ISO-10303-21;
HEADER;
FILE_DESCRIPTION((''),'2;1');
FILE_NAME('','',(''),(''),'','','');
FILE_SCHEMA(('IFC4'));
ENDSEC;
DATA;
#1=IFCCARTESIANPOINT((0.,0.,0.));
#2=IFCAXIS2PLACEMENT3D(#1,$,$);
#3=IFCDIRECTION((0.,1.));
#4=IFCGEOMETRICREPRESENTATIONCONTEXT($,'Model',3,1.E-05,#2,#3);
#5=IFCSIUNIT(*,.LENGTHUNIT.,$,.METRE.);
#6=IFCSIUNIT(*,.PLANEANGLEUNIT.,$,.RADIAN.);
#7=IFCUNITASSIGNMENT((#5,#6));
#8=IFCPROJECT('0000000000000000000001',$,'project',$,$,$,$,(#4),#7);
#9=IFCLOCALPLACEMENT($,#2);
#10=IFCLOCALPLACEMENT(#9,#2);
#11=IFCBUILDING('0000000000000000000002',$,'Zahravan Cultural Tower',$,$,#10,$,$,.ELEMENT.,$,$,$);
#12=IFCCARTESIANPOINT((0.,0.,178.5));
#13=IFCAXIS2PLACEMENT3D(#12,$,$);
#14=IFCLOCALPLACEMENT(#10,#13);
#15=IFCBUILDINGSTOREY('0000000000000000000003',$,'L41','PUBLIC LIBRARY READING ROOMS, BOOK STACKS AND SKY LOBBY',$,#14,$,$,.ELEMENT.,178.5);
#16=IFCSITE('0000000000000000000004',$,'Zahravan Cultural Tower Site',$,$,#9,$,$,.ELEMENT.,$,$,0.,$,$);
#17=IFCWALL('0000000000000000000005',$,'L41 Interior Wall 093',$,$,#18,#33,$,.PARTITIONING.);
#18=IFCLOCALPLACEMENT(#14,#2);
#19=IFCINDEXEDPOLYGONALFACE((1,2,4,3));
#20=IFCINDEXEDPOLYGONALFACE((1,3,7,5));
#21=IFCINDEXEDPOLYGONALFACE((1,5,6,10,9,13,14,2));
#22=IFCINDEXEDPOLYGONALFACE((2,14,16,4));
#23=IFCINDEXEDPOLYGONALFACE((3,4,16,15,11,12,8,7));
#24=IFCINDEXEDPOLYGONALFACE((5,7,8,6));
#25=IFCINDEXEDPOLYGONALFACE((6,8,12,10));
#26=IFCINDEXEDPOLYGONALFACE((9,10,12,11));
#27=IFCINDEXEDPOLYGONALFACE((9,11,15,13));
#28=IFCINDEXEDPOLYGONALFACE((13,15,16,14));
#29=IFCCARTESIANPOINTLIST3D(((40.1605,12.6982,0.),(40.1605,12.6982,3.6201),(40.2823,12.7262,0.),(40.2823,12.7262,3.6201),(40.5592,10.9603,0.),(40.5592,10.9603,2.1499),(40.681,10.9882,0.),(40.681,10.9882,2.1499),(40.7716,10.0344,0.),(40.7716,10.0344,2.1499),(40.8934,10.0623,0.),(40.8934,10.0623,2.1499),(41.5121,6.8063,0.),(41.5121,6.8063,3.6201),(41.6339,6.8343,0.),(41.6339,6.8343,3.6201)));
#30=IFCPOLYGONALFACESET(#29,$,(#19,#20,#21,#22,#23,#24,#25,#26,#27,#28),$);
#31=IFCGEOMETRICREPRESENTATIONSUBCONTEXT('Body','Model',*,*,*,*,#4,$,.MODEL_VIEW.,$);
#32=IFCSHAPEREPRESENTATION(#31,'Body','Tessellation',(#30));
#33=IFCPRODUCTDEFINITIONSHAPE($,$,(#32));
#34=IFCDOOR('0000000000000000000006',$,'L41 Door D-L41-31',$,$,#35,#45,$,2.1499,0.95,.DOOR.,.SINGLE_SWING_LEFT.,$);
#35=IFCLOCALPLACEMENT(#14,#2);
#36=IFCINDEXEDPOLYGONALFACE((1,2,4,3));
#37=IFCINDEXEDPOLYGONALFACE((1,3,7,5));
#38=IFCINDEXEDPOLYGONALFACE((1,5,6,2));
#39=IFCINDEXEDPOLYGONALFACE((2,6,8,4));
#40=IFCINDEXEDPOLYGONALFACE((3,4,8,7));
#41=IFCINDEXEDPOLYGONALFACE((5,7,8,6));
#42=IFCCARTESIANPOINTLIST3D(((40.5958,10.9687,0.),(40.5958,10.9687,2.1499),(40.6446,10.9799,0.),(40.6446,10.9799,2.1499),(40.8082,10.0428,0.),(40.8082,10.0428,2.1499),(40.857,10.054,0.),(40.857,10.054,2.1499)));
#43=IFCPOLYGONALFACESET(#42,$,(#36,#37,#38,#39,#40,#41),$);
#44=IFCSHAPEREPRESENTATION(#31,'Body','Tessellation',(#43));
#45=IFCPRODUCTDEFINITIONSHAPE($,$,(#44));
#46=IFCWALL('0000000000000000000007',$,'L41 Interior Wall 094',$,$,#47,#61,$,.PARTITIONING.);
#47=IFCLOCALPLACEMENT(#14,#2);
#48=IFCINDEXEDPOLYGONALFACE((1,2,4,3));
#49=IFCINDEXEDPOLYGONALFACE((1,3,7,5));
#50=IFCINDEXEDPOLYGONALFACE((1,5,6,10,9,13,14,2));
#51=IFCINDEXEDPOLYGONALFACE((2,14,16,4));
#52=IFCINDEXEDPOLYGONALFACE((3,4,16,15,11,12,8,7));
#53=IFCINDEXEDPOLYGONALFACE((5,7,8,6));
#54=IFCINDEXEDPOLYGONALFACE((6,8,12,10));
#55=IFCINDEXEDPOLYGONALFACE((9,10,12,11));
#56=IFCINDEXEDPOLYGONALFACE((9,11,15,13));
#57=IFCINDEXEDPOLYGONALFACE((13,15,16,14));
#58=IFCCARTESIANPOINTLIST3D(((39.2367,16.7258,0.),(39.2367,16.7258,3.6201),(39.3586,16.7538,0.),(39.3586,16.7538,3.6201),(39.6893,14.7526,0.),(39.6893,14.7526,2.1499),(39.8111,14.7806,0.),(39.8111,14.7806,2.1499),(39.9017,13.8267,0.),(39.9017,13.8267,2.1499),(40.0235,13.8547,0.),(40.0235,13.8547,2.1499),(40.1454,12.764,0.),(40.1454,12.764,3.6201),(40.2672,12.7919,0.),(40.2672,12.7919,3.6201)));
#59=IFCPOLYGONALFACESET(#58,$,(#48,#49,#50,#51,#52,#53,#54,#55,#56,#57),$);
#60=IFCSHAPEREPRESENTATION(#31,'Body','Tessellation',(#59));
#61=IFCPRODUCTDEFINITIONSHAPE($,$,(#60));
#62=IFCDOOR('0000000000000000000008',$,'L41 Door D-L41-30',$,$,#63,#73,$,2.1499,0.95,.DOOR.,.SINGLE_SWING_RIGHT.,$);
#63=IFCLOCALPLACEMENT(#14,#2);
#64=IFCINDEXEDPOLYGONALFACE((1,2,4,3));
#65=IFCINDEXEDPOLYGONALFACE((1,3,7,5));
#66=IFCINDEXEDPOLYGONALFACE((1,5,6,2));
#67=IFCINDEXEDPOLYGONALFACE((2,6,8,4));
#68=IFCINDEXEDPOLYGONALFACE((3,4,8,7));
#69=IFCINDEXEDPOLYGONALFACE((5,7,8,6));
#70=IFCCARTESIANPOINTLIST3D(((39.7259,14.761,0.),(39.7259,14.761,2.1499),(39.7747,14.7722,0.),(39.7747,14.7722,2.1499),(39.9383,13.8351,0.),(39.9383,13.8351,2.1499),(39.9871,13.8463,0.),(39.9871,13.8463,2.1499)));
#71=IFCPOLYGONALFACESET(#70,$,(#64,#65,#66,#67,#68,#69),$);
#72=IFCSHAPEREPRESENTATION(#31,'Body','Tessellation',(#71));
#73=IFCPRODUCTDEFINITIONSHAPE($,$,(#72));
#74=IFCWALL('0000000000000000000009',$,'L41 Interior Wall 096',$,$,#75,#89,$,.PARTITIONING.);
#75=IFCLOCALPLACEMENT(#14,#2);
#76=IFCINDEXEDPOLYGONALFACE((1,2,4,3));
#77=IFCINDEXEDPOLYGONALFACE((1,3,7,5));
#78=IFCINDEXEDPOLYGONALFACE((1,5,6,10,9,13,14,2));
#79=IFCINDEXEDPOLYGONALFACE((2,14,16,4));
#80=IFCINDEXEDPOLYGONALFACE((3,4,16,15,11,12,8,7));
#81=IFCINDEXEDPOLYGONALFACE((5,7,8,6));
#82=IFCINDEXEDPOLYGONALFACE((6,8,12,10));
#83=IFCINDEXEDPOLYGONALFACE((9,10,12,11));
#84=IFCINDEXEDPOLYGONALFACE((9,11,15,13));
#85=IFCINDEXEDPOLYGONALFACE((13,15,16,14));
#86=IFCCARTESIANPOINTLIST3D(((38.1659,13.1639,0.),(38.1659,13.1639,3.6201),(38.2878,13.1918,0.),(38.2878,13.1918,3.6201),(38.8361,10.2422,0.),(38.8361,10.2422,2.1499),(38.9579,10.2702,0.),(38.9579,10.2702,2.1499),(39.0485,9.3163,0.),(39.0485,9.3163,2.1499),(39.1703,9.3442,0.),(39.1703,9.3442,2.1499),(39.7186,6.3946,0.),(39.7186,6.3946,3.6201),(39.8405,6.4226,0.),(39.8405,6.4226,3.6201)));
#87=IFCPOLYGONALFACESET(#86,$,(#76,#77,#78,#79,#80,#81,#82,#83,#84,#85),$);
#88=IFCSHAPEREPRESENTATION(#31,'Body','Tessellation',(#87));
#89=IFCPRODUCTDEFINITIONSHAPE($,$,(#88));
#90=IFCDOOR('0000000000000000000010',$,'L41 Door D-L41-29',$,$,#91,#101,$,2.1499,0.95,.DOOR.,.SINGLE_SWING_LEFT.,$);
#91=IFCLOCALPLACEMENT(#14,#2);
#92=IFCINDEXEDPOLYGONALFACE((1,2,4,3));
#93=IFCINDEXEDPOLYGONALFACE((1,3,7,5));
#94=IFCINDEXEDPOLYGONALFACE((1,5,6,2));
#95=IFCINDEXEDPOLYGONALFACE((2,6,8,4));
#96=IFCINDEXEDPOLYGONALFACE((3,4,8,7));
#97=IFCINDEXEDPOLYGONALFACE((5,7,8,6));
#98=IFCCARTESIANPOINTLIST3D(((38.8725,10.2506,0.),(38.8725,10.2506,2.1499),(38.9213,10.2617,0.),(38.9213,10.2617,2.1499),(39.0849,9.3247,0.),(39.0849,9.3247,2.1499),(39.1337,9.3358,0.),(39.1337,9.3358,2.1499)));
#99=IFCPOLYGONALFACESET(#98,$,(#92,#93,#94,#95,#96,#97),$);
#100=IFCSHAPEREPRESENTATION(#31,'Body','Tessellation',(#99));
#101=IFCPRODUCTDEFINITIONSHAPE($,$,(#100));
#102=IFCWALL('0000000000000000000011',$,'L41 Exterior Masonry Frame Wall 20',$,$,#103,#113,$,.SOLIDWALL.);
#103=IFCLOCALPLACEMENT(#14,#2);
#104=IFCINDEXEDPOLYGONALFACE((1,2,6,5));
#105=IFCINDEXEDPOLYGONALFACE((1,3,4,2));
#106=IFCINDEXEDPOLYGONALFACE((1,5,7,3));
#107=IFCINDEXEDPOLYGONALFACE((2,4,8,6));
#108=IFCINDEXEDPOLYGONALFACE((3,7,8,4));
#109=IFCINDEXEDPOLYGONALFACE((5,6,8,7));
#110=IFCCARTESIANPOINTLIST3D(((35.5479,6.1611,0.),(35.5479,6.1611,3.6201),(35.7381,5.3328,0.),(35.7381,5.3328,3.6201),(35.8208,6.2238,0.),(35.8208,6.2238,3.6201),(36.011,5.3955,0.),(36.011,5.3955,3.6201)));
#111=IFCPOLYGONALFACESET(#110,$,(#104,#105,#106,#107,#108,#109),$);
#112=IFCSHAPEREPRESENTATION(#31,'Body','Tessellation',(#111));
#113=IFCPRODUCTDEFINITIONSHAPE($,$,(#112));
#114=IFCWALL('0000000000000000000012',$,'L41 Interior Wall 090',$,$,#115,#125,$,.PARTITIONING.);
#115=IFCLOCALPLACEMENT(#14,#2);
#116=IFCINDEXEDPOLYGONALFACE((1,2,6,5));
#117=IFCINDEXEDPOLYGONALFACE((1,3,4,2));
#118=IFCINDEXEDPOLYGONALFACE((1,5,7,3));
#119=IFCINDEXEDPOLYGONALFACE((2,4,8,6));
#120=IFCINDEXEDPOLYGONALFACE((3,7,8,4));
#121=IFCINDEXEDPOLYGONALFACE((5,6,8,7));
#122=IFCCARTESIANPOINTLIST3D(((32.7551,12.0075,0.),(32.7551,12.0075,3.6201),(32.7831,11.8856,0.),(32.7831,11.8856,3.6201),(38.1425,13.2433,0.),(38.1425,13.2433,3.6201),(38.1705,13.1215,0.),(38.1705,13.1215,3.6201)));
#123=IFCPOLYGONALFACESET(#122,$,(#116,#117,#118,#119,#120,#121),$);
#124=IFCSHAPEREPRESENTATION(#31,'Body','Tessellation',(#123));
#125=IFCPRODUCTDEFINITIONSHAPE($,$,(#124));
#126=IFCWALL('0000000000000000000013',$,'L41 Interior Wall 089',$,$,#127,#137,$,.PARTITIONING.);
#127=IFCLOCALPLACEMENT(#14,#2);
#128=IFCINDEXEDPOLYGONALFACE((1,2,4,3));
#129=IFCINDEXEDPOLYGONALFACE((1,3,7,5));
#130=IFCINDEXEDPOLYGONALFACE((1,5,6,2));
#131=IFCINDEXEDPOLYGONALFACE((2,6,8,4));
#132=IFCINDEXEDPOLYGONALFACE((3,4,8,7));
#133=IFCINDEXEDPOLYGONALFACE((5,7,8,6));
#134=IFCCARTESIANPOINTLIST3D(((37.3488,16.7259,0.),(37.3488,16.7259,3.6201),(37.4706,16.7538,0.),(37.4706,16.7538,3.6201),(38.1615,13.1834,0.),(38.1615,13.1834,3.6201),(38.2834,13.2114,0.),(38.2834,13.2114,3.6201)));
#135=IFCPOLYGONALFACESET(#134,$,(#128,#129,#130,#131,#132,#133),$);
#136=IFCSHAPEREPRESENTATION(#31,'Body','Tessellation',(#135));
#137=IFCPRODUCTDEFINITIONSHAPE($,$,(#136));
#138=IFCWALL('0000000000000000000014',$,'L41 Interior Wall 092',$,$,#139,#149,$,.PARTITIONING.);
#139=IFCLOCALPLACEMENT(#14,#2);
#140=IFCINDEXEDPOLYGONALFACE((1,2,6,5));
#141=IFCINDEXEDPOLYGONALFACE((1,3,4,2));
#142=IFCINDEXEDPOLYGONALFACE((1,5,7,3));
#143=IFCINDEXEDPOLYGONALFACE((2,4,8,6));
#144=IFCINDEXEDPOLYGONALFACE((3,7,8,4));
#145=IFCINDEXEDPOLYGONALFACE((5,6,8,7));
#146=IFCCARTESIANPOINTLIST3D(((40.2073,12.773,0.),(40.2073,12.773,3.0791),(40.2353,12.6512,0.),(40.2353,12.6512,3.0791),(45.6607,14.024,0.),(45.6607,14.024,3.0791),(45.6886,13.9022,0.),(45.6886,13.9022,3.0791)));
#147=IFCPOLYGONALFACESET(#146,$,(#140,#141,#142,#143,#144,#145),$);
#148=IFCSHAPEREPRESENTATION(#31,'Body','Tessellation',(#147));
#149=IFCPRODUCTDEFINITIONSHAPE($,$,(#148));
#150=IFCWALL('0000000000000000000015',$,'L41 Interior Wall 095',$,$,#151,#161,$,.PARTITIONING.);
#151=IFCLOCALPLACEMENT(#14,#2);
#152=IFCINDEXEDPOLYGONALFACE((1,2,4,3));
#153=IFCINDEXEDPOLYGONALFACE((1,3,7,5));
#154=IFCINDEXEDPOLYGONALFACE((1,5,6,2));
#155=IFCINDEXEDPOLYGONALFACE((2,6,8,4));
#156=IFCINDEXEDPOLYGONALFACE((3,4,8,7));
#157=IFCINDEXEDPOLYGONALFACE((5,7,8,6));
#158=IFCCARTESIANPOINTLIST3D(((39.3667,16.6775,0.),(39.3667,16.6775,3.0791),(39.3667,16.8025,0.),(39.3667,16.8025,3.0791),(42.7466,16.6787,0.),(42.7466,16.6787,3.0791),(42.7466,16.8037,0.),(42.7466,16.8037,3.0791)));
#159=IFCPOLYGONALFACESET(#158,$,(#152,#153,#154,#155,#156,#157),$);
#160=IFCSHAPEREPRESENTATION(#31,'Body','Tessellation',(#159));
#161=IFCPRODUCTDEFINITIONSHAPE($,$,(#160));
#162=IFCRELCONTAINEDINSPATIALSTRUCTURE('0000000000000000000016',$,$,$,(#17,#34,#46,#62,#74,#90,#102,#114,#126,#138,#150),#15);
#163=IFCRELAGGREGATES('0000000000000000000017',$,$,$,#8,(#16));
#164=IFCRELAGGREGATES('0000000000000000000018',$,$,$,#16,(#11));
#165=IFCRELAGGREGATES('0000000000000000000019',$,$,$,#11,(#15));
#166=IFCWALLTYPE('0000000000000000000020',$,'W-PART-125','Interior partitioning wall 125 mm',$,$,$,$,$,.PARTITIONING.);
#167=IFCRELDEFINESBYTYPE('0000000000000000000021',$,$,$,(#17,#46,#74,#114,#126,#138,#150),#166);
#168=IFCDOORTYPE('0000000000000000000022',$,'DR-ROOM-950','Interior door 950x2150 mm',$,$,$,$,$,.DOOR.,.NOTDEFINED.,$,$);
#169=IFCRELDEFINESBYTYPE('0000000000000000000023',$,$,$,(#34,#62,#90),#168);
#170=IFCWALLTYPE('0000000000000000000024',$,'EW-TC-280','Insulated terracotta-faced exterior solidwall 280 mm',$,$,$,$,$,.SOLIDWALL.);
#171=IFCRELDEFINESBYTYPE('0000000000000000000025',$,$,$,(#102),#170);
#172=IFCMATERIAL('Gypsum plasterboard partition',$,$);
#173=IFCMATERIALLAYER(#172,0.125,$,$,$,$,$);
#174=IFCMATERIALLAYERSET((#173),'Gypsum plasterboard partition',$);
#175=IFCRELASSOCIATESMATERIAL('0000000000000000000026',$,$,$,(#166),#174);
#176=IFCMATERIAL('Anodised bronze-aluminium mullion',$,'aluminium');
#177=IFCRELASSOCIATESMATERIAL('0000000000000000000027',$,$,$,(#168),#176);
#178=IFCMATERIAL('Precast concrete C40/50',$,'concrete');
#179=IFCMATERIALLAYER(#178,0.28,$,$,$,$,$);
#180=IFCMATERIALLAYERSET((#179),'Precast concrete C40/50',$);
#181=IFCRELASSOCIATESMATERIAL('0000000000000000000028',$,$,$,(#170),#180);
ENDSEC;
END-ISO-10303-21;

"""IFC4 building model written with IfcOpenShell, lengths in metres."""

from ifc_helpers import new_model, si_unit, direction, frame, frame_2d, origin, place, context, subcontext, project, spatial, rectangle, extrude, source, transform, mapped, material, layer, layer_set, type_object, element, fill, save


model = new_model("IFC4")

# Units and contexts
model_context = context("Model", 3, precision=1e-05, world=origin(), true_north=direction((0.0, 1.0)))
body_context = subcontext(model_context, "Body", "Model", "MODEL_VIEW")
ifc_project = project(units=[si_unit("LENGTHUNIT", "METRE"), si_unit("PLANEANGLEUNIT", "RADIAN")], contexts=[model_context])

# Site, building, storey
site_placement = place(None, origin())
site = spatial("IfcSite", under=ifc_project, at=site_placement, Name="Zahravan Cultural Tower Site", CompositionType="ELEMENT", RefElevation=0.0)
building_placement = place(site_placement, origin())
building = spatial("IfcBuilding", under=site, at=building_placement, Name="Zahravan Cultural Tower", CompositionType="ELEMENT")
storey_placement = place(building_placement, frame((0.0, 0.0, 178.5)))
storey = spatial("IfcBuildingStorey", under=building, at=storey_placement, Name="L41", Description="PUBLIC LIBRARY READING ROOMS, BOOK STACKS AND SKY LOBBY", CompositionType="ELEMENT", Elevation=178.5)

# Walls, openings, doors
ifc_material_1 = material(Name="Gypsum plasterboard partition")
ifc_layer_1 = layer(ifc_material_1, 0.125)
ifc_layer_set_1 = layer_set([ifc_layer_1], Name="Gypsum plasterboard partition")
wall_type_1 = type_object("IfcWallType", Name="W-PART-125", Description="Interior partitioning wall 125 mm", PredefinedType="PARTITIONING", material=ifc_layer_set_1)
wall_1_placement = place(storey_placement, frame((41.573, 6.8203, 0.0), z_axis=(0.0, 0.0, 1.0), x_axis=(-0.223588, 0.974684, 0.0)))
wall_1 = element("IfcWall", 1, at=wall_1_placement, inside=storey, type_object=wall_type_1, Name="L41 Interior Wall 093", PredefinedType="PARTITIONING", context=body_context, shape_type="SweptSolid", body=[
    extrude(rectangle(XDim=6.0449, YDim=0.125, at=frame_2d((3.0225, 0.0))), origin(), (0.0, 0.0, 1.0), 3.6201),
])
opening_1_placement = place(wall_1_placement, frame((3.3118, 0.0, 0.0)))
opening_1 = element("IfcOpeningElement", 2, at=opening_1_placement, cuts=wall_1, PredefinedType="OPENING", context=body_context, shape_type="SweptSolid", body=[
    extrude(rectangle(XDim=0.95, YDim=2.1499, at=frame_2d((0.4751, 1.075))), frame((0.0, 0.0725, 0.0), z_axis=(0.0, -1.0, 0.0), x_axis=(1.0, 0.0, 0.0)), (0.0, 0.0, 1.0), 0.145),
])
ifc_material_2 = material(Name="Anodised bronze-aluminium mullion", Category="aluminium")
door_type_1 = type_object("IfcDoorType", Name="DR-ROOM-950", Description="Interior door 950x2150 mm", OperationType="NOTDEFINED", PredefinedType="DOOR", material=ifc_material_2)
shared_shape_1 = source(origin(), body_context, "Body", "SweptSolid", [
    extrude(rectangle(XDim=0.95, YDim=2.1499, at=frame_2d((0.4751, 1.075))), frame((0.0, 0.0249, 0.0), z_axis=(0.0, -1.0, 0.0), x_axis=(1.0, 0.0, 0.0)), (0.0, 0.0, 1.0), 0.05),
])
door_1_placement = place(opening_1_placement, origin())
door_1 = element("IfcDoor", 3, at=door_1_placement, inside=storey, type_object=door_type_1, Name="L41 Door D-L41-31", OperationType="SINGLE_SWING_LEFT", OverallHeight=2.1499, OverallWidth=0.95, PredefinedType="DOOR", context=body_context, shape_type="MappedRepresentation", body=[
    mapped(shared_shape_1, transform((0.0, 0.0, 0.0), x_axis=(1.0, 0.0, 0.0), y_axis=(0.0, 1.0, 0.0), z_axis=(0.0, 0.0, 1.0), scale=1.0)),
])
fill(opening_1, door_1)
wall_2_placement = place(storey_placement, frame((40.2063, 12.7781, 0.0), z_axis=(0.0, 0.0, 1.0), x_axis=(-0.223552, 0.974692, 0.0)))
wall_2 = element("IfcWall", 4, at=wall_2_placement, inside=storey, type_object=wall_type_1, Name="L41 Interior Wall 094", PredefinedType="PARTITIONING", context=body_context, shape_type="SweptSolid", body=[
    extrude(rectangle(XDim=4.0647, YDim=0.125, at=frame_2d((2.0322, 0.0))), origin(), (0.0, 0.0, 1.0), 3.6201),
])
opening_2_placement = place(wall_2_placement, frame((1.0901, 0.0, 0.0)))
opening_2 = element("IfcOpeningElement", 5, at=opening_2_placement, cuts=wall_2, PredefinedType="OPENING", context=body_context, shape_type="SweptSolid", body=[
    extrude(rectangle(XDim=0.95, YDim=2.1499, at=frame_2d((0.4751, 1.075))), frame((0.0, 0.0725, 0.0), z_axis=(0.0, -1.0, 0.0), x_axis=(1.0, 0.0, 0.0)), (0.0, 0.0, 1.0), 0.145),
])
door_2_placement = place(opening_2_placement, origin())
door_2 = element("IfcDoor", 6, at=door_2_placement, inside=storey, type_object=door_type_1, Name="L41 Door D-L41-30", OperationType="SINGLE_SWING_RIGHT", OverallHeight=2.1499, OverallWidth=0.95, PredefinedType="DOOR", context=body_context, shape_type="MappedRepresentation", body=[
    mapped(shared_shape_1, transform((0.0, 0.0, 0.0), x_axis=(1.0, 0.0, 0.0), y_axis=(0.0, 1.0, 0.0), z_axis=(0.0, 0.0, 1.0), scale=1.0)),
])
fill(opening_2, door_2)
wall_3_placement = place(storey_placement, frame((38.2268, 13.178, 0.0), z_axis=(0.0, 0.0, 1.0), x_axis=(0.223573, -0.974687, 0.0)))
wall_3 = element("IfcWall", 7, at=wall_3_placement, inside=storey, type_object=wall_type_1, Name="L41 Interior Wall 096", PredefinedType="PARTITIONING", context=body_context, shape_type="SweptSolid", body=[
    extrude(rectangle(XDim=6.9451, YDim=0.125, at=frame_2d((3.4727, 0.0))), origin(), (0.0, 0.0, 1.0), 3.6201),
])
opening_3_placement = place(wall_3_placement, frame((2.9976, 0.0, 0.0)))
opening_3 = element("IfcOpeningElement", 8, at=opening_3_placement, cuts=wall_3, PredefinedType="OPENING", context=body_context, shape_type="SweptSolid", body=[
    extrude(rectangle(XDim=0.95, YDim=2.1499, at=frame_2d((0.4751, 1.075))), frame((0.0, 0.0725, 0.0), z_axis=(0.0, -1.0, 0.0), x_axis=(1.0, 0.0, 0.0)), (0.0, 0.0, 1.0), 0.145),
])
door_3_placement = place(opening_3_placement, origin())
door_3 = element("IfcDoor", 9, at=door_3_placement, inside=storey, type_object=door_type_1, Name="L41 Door D-L41-29", OperationType="SINGLE_SWING_LEFT", OverallHeight=2.1499, OverallWidth=0.95, PredefinedType="DOOR", context=body_context, shape_type="MappedRepresentation", body=[
    mapped(shared_shape_1, transform((0.0, 0.0, 0.0), x_axis=(1.0, 0.0, 0.0), y_axis=(0.0, 1.0, 0.0), z_axis=(0.0, 0.0, 1.0), scale=1.0)),
])
fill(opening_3, door_3)

# Walls
ifc_material_3 = material(Name="Precast concrete C40/50", Category="concrete")
ifc_layer_2 = layer(ifc_material_3, 0.28)
ifc_layer_set_2 = layer_set([ifc_layer_2], Name="Precast concrete C40/50")
wall_type_2 = type_object("IfcWallType", Name="EW-TC-280", Description="Insulated terracotta-faced exterior solidwall 280 mm", PredefinedType="SOLIDWALL", material=ifc_layer_set_2)
shared_shape_2 = source(origin(), body_context, "Body", "SweptSolid", [
    extrude(rectangle(XDim=0.8499, YDim=0.28, at=frame_2d((0.4248, 0.0))), origin(), (0.0, 0.0, 1.0), 3.6201),
])
wall_4_placement = place(storey_placement, frame((35.8745, 5.3643, 0.0), z_axis=(0.0, 0.0, 1.0), x_axis=(-0.223768, 0.974642, 0.0)))
element("IfcWall", 10, at=wall_4_placement, inside=storey, type_object=wall_type_2, Name="L41 Exterior Masonry Frame Wall 20", PredefinedType="SOLIDWALL", context=body_context, shape_type="MappedRepresentation", body=[
    mapped(shared_shape_2, transform((0.0, 0.0, 0.0), x_axis=(1.0, 0.0, 0.0), y_axis=(0.0, 1.0, 0.0), z_axis=(0.0, 0.0, 1.0), scale=1.0)),
])
shared_shape_3 = source(origin(), body_context, "Body", "SweptSolid", [
    extrude(rectangle(XDim=5.5273, YDim=0.125, at=frame_2d((2.7637, 0.0))), origin(), (0.0, 0.0, 1.0), 3.6201),
])
wall_5_placement = place(storey_placement, frame((38.1565, 13.1824, 0.0), z_axis=(0.0, 0.0, 1.0), x_axis=(-0.974684, -0.223585, 0.0)))
element("IfcWall", 11, at=wall_5_placement, inside=storey, type_object=wall_type_1, Name="L41 Interior Wall 090", PredefinedType="PARTITIONING", context=body_context, shape_type="MappedRepresentation", body=[
    mapped(shared_shape_3, transform((0.0, 0.0, 0.0), x_axis=(1.0, 0.0, 0.0), y_axis=(0.0, 1.0, 0.0), z_axis=(0.0, 0.0, 1.0), scale=1.0)),
])
shared_shape_4 = source(origin(), body_context, "Body", "SweptSolid", [
    extrude(rectangle(XDim=3.6345, YDim=0.125, at=frame_2d((1.8174, 0.0))), origin(), (0.0, 0.0, 1.0), 3.6201),
])
wall_6_placement = place(storey_placement, frame((37.4097, 16.74, 0.0), z_axis=(0.0, 0.0, 1.0), x_axis=(0.223618, -0.974677, 0.0)))
element("IfcWall", 12, at=wall_6_placement, inside=storey, type_object=wall_type_1, Name="L41 Interior Wall 089", PredefinedType="PARTITIONING", context=body_context, shape_type="MappedRepresentation", body=[
    mapped(shared_shape_4, transform((0.0, 0.0, 0.0), x_axis=(1.0, 0.0, 0.0), y_axis=(0.0, 1.0, 0.0), z_axis=(0.0, 0.0, 1.0), scale=1.0)),
])
shared_shape_5 = source(origin(), body_context, "Body", "SweptSolid", [
    extrude(rectangle(XDim=5.595, YDim=0.125, at=frame_2d((2.7974, 0.0))), origin(), (0.0, 0.0, 1.0), 3.0791),
])
wall_7_placement = place(storey_placement, frame((40.2214, 12.7122, 0.0), z_axis=(0.0, 0.0, 1.0), x_axis=(0.974684, 0.223588, 0.0)))
element("IfcWall", 13, at=wall_7_placement, inside=storey, type_object=wall_type_1, Name="L41 Interior Wall 092", PredefinedType="PARTITIONING", context=body_context, shape_type="MappedRepresentation", body=[
    mapped(shared_shape_5, transform((0.0, 0.0, 0.0), x_axis=(1.0, 0.0, 0.0), y_axis=(0.0, 1.0, 0.0), z_axis=(0.0, 0.0, 1.0), scale=1.0)),
])
shared_shape_6 = source(origin(), body_context, "Body", "SweptSolid", [
    extrude(rectangle(XDim=3.3799, YDim=0.125, at=frame_2d((1.6899, 0.0))), origin(), (0.0, 0.0, 1.0), 3.0791),
])
wall_8_placement = place(storey_placement, frame((39.3667, 16.74, 0.0), z_axis=(0.0, 0.0, 1.0), x_axis=(1.0, 0.000361, 0.0)))
element("IfcWall", 14, at=wall_8_placement, inside=storey, type_object=wall_type_1, Name="L41 Interior Wall 095", PredefinedType="PARTITIONING", context=body_context, shape_type="MappedRepresentation", body=[
    mapped(shared_shape_6, transform((0.0, 0.0, 0.0), x_axis=(1.0, 0.0, 0.0), y_axis=(0.0, 1.0, 0.0), z_axis=(0.0, 0.0, 1.0), scale=1.0)),
])

save(model, "model.ifc")
